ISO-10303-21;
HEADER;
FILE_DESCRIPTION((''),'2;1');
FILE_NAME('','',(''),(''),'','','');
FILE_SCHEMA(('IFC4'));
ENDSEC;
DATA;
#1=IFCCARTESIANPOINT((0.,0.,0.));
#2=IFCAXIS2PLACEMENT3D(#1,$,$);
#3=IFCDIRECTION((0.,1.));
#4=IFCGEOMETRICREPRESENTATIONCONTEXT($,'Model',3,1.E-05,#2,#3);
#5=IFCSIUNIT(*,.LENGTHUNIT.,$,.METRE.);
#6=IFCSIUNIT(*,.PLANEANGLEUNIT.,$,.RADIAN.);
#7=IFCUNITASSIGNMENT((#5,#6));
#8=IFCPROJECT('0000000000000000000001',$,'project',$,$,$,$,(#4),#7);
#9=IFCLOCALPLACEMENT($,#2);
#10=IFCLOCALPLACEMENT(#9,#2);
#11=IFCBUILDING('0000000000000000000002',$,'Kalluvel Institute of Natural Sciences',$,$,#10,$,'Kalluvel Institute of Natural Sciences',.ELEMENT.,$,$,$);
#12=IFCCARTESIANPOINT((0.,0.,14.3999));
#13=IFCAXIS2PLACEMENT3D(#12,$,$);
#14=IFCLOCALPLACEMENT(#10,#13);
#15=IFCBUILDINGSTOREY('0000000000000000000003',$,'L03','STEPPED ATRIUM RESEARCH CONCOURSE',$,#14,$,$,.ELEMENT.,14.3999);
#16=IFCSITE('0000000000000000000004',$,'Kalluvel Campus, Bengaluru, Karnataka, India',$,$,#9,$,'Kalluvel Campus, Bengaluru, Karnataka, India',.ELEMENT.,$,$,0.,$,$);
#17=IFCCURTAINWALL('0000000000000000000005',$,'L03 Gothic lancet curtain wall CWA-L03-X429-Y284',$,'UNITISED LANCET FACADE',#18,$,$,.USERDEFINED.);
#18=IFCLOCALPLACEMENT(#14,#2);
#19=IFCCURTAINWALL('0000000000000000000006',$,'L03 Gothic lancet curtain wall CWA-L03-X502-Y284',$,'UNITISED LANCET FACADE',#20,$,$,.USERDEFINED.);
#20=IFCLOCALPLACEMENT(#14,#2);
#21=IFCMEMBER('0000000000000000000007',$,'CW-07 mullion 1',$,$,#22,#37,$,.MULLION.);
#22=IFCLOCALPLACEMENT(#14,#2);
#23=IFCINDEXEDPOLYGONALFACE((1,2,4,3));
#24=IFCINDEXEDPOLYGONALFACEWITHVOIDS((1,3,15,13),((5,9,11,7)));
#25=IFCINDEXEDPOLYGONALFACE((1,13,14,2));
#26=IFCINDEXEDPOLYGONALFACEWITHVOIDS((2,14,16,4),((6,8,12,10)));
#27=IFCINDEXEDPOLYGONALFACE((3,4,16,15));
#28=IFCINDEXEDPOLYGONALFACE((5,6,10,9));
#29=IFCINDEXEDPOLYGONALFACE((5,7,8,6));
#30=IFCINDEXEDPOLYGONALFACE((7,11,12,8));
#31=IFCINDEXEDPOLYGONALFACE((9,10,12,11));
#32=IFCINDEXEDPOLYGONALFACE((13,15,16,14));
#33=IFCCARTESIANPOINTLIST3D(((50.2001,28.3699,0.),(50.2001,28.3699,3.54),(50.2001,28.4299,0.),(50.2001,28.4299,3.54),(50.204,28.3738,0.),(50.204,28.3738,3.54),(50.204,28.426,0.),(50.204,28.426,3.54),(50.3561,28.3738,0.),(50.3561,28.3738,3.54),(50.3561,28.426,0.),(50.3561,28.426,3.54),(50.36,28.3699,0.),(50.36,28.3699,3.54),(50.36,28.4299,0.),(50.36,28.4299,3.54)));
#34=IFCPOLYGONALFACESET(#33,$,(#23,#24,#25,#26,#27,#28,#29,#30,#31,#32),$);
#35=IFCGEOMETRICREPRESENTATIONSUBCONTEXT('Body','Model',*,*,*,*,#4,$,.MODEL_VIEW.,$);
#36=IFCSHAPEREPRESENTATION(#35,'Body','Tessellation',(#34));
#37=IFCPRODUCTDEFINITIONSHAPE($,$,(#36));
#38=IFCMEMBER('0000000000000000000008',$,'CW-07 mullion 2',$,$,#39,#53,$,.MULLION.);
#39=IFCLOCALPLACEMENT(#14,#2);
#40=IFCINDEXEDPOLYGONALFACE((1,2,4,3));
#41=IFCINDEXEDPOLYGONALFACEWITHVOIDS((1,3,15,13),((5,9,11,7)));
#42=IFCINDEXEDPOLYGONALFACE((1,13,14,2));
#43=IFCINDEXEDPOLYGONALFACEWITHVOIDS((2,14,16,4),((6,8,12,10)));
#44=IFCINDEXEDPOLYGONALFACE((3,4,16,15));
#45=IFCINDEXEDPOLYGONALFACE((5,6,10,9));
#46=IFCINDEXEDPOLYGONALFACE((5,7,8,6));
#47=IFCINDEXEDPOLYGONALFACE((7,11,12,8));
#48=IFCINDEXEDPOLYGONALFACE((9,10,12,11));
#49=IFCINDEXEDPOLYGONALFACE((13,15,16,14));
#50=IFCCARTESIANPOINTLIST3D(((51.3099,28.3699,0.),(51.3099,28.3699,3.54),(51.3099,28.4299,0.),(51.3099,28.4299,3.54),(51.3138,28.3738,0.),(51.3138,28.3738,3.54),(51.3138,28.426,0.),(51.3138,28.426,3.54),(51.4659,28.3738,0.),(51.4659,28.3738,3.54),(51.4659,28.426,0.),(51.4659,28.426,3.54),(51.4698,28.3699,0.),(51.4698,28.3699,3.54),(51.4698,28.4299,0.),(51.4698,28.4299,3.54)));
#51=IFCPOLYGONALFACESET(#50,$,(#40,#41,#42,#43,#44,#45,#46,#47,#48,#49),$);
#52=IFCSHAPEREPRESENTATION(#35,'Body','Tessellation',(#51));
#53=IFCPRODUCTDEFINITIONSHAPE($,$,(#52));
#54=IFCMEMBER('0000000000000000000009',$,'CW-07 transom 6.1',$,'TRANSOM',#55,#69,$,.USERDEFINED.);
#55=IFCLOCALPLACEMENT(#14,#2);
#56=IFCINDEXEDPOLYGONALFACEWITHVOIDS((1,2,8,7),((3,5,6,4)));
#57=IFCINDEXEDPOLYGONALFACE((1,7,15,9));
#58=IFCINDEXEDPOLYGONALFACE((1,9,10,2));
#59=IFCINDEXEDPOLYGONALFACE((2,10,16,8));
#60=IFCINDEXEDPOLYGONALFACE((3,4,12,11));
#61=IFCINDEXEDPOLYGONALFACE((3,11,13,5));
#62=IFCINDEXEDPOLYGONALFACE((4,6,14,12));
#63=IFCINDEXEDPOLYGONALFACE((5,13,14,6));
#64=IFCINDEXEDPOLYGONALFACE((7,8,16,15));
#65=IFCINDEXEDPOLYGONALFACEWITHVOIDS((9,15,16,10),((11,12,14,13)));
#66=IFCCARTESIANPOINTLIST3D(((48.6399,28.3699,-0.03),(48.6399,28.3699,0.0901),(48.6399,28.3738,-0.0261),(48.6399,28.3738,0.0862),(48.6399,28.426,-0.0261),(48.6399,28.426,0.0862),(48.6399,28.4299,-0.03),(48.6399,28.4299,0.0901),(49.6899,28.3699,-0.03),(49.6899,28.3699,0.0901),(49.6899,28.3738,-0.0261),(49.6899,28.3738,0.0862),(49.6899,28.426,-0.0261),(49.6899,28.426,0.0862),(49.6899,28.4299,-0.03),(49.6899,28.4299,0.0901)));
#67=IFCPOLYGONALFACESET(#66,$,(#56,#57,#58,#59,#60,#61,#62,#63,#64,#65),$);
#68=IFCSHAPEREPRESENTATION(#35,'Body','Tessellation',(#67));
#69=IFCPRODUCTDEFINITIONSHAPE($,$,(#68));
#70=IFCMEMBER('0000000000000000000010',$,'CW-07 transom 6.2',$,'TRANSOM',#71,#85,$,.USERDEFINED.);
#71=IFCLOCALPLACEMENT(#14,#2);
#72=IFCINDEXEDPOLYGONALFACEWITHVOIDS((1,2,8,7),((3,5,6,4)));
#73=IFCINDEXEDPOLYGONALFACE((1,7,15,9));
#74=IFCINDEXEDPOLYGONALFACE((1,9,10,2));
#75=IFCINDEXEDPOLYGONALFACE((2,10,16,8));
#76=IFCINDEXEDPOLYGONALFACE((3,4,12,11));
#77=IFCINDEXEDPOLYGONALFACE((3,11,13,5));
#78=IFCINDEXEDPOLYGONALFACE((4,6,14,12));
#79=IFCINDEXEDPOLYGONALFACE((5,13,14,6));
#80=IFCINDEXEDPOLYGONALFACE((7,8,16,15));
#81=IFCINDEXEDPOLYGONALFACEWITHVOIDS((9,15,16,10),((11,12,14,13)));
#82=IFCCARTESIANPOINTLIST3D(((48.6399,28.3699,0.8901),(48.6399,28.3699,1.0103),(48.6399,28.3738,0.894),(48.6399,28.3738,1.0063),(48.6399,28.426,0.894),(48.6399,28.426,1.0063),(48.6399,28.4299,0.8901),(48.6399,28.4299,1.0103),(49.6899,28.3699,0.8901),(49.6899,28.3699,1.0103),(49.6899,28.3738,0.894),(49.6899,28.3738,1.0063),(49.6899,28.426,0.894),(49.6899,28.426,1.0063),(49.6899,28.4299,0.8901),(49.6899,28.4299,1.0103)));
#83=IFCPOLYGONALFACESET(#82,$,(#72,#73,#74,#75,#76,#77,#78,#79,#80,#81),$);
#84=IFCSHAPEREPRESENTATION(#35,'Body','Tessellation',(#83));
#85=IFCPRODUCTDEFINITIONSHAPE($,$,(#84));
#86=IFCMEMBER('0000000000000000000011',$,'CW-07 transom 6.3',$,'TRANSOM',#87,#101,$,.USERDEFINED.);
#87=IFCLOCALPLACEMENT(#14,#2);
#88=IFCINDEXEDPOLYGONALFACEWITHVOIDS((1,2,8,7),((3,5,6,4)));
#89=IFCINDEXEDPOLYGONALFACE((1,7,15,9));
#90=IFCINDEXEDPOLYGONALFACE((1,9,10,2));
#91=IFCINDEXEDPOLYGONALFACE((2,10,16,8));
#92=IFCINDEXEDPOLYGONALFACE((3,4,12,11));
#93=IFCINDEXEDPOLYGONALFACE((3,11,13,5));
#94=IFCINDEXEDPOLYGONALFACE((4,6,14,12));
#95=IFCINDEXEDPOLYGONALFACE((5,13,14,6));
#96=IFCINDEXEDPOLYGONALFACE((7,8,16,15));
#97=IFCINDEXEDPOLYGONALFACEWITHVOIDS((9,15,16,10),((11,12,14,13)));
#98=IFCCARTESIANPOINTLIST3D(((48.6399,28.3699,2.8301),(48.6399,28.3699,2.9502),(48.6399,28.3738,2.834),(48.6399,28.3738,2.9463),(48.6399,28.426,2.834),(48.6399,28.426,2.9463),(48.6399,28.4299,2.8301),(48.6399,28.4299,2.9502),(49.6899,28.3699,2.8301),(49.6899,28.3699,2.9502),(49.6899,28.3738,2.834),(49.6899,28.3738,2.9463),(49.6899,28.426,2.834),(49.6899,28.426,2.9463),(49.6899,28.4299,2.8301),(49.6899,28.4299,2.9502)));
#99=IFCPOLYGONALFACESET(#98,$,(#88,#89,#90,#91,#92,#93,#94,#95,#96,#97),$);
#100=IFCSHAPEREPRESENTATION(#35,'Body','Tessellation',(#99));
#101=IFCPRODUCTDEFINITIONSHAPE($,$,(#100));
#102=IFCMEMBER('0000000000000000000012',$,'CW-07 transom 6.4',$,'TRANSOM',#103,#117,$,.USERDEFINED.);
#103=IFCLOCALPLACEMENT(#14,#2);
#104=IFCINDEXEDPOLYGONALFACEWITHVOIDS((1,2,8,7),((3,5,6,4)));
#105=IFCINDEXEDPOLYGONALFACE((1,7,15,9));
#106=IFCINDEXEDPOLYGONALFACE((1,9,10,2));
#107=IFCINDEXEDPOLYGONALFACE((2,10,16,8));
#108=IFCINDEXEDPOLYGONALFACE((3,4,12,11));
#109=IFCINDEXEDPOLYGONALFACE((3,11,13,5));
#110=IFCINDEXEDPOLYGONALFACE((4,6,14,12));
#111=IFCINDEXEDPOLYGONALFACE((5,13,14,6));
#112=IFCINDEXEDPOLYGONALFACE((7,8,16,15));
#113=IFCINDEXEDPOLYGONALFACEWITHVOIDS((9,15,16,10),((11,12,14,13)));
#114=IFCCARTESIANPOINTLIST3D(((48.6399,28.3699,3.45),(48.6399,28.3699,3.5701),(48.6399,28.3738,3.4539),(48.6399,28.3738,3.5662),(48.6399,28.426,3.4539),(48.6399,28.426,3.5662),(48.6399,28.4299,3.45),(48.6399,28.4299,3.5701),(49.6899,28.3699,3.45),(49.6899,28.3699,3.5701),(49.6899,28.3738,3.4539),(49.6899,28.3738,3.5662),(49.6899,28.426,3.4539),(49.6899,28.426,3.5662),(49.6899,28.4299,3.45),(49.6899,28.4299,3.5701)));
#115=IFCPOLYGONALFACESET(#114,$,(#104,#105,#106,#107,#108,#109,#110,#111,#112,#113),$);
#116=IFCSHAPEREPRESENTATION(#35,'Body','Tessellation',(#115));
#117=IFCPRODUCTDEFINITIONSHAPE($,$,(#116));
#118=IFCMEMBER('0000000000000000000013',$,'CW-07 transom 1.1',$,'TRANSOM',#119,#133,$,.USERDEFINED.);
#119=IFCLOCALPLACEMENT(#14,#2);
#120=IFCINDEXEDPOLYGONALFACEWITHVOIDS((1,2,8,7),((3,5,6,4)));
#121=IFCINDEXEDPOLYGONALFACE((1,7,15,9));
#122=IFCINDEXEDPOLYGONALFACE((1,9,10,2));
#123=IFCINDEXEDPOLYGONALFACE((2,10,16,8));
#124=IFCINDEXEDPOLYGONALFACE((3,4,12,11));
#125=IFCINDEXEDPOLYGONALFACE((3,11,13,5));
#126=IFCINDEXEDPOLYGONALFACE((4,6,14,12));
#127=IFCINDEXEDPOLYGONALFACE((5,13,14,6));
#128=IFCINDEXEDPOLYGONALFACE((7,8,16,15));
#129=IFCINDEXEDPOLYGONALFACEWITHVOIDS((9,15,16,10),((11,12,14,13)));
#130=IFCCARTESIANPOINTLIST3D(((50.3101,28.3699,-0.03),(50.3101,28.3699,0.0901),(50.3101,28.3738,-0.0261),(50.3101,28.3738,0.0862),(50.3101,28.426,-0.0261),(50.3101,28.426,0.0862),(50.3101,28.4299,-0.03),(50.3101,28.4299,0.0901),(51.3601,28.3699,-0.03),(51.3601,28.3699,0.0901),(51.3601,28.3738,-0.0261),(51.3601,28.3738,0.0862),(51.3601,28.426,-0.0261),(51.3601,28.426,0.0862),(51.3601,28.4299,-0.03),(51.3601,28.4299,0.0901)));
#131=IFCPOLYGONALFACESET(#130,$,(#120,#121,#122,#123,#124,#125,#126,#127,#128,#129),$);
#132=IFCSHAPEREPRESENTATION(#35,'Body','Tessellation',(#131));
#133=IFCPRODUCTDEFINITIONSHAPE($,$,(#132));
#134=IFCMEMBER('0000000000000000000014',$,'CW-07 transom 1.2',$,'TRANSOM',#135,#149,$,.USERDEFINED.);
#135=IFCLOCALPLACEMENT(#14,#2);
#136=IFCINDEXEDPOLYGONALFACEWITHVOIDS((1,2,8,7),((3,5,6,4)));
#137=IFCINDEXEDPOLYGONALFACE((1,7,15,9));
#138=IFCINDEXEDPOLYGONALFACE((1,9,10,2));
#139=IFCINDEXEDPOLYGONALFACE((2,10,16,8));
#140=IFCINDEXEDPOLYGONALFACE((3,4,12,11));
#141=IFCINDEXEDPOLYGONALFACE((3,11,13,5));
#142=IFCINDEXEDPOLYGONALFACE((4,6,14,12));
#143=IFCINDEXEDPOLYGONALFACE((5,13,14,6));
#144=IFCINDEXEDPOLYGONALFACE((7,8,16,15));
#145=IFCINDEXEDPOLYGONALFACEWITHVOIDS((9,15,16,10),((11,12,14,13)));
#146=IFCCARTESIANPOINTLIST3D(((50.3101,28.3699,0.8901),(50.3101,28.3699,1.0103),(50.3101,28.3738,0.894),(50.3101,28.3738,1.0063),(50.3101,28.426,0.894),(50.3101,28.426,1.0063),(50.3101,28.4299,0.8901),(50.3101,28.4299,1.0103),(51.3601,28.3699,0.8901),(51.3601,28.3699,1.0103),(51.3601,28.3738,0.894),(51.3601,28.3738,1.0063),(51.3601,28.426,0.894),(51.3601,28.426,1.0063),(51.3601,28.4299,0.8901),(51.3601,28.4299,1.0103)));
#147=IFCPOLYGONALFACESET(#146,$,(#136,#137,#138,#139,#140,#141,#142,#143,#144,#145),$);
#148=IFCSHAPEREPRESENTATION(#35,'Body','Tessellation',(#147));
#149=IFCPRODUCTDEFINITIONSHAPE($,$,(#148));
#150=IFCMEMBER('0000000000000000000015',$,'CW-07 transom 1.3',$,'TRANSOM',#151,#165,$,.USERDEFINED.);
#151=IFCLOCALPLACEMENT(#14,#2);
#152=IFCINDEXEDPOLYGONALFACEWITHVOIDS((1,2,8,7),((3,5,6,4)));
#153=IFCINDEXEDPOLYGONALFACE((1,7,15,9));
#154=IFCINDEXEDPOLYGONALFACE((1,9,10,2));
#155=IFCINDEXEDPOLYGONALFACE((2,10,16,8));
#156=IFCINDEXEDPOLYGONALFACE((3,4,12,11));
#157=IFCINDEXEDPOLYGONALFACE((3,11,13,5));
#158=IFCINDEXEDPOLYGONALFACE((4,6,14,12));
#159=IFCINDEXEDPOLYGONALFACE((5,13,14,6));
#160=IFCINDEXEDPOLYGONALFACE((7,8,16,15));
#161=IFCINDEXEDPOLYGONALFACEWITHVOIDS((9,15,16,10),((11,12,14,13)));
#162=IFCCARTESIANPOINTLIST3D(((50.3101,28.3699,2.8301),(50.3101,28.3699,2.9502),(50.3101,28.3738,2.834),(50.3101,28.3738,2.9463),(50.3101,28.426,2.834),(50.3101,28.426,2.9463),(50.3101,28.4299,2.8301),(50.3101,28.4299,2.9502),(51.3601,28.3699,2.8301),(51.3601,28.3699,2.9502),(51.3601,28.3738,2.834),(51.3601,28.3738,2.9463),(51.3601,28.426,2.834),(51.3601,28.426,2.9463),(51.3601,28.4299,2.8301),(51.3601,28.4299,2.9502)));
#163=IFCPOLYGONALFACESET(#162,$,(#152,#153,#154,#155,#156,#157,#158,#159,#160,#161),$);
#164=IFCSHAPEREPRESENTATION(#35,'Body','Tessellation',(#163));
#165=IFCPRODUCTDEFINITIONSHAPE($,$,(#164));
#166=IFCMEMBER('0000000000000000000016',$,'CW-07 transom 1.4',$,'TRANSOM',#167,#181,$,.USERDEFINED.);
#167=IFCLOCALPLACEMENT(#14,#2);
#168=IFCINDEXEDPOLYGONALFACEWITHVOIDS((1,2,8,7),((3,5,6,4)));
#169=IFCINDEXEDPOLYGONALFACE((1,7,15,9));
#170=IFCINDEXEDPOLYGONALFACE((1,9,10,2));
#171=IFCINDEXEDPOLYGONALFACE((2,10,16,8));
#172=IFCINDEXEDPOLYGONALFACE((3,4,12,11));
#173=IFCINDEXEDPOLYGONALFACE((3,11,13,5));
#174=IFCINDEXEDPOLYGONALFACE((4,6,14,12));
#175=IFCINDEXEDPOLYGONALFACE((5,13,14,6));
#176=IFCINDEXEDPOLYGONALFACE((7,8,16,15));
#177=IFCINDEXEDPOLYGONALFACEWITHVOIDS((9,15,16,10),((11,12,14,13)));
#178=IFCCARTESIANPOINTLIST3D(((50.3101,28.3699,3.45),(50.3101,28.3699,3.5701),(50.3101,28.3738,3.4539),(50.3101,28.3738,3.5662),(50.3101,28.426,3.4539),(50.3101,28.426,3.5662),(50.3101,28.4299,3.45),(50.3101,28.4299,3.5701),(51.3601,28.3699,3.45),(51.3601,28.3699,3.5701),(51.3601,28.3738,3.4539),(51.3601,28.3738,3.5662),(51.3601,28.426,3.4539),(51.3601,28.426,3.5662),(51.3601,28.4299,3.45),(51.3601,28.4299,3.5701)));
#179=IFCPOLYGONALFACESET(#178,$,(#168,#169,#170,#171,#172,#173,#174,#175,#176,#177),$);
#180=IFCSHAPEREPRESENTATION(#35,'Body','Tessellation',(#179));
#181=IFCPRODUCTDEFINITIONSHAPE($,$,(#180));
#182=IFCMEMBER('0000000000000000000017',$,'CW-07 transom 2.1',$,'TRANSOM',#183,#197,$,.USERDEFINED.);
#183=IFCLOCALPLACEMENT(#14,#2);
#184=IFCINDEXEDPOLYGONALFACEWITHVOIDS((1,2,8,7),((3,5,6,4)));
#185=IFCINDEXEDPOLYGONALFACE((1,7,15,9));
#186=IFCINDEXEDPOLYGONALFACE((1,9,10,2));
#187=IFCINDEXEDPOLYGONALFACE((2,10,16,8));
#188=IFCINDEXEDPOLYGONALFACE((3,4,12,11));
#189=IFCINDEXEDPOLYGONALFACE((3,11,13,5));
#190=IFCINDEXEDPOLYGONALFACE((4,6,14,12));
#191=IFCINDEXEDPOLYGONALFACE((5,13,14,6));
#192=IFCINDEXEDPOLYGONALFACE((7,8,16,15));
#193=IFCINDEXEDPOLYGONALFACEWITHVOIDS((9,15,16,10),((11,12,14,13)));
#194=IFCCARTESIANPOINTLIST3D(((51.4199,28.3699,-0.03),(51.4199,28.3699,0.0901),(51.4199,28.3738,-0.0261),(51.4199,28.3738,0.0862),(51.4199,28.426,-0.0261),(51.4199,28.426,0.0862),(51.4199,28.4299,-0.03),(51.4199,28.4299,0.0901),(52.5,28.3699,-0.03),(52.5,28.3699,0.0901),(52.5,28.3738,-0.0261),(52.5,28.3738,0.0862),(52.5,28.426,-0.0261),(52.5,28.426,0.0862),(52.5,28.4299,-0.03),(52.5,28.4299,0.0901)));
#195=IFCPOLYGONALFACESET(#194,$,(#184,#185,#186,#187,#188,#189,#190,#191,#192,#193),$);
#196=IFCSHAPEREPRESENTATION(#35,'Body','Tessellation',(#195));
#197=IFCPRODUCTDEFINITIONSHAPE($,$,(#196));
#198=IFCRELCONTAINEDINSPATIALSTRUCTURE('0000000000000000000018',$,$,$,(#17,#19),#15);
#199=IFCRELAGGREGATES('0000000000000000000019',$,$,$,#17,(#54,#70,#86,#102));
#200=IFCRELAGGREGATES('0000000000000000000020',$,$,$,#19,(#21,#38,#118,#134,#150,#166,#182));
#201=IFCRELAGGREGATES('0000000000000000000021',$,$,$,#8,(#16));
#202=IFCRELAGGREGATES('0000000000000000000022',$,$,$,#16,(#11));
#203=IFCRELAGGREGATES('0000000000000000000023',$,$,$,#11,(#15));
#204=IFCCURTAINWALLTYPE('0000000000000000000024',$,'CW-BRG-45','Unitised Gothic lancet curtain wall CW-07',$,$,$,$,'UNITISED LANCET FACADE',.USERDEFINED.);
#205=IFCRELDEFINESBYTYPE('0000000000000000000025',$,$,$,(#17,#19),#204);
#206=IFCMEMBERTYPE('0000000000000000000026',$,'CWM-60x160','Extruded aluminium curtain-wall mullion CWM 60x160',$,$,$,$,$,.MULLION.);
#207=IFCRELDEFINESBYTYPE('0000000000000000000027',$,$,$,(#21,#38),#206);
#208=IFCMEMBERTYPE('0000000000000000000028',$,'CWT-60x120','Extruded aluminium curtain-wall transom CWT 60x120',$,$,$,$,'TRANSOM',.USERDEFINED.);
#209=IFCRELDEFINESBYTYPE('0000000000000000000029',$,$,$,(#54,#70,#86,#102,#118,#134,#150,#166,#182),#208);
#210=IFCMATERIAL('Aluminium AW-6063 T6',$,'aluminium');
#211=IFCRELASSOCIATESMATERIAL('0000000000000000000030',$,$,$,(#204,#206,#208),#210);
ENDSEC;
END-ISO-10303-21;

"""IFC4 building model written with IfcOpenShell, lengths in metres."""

from ifc_helpers import new_model, si_unit, direction, frame, origin, origin_2d, place, context, subcontext, project, spatial, hollow_rectangle, extrude, material, material_profile, profile_set, type_object, element, aggregate, save


model = new_model("IFC4")

# Units and contexts
model_context = context("Model", 3, precision=1e-05, world=origin(), true_north=direction((0.0, 1.0)))
body_context = subcontext(model_context, "Body", "Model", "MODEL_VIEW")
ifc_project = project(units=[si_unit("LENGTHUNIT", "METRE"), si_unit("PLANEANGLEUNIT", "RADIAN")], contexts=[model_context])

# Site, building, storey
site_placement = place(None, origin())
site = spatial("IfcSite", under=ifc_project, at=site_placement, Name="Kalluvel Campus, Bengaluru, Karnataka, India", LongName="Kalluvel Campus, Bengaluru, Karnataka, India", CompositionType="ELEMENT", RefElevation=0.0)
building_placement = place(site_placement, origin())
building = spatial("IfcBuilding", under=site, at=building_placement, Name="Kalluvel Institute of Natural Sciences", LongName="Kalluvel Institute of Natural Sciences", CompositionType="ELEMENT")
storey_placement = place(building_placement, frame((0.0, 0.0, 14.3999)))
storey = spatial("IfcBuildingStorey", under=building, at=storey_placement, Name="L03", Description="STEPPED ATRIUM RESEARCH CONCOURSE", CompositionType="ELEMENT", Elevation=14.3999)

# Curtain walls, members
ifc_material_1 = material(Name="Aluminium AW-6063 T6", Category="aluminium")
curtain_wall_type = type_object("IfcCurtainWallType", Name="CW-BRG-45", Description="Unitised Gothic lancet curtain wall CW-07", ElementType="UNITISED LANCET FACADE", PredefinedType="USERDEFINED", material=ifc_material_1)
curtain_wall_1_placement = place(storey_placement, origin())
curtain_wall_1 = element("IfcCurtainWall", 1, at=curtain_wall_1_placement, inside=storey, type_object=curtain_wall_type, Name="L03 Gothic lancet curtain wall CWA-L03-X429-Y284", ObjectType="UNITISED LANCET FACADE", PredefinedType="USERDEFINED")
ifc_material_profile_1 = material_profile(ifc_material_1, hollow_rectangle(XDim=0.0601, YDim=0.1599, WallThickness=0.0039, at=origin_2d()), Name="CWM 60x160")
ifc_profile_set_1 = profile_set([ifc_material_profile_1], Name="Aluminium AW-6063 T6")
member_type_1 = type_object("IfcMemberType", Name="CWM-60x160", Description="Extruded aluminium curtain-wall mullion CWM 60x160", PredefinedType="MULLION", material=ifc_profile_set_1)
curtain_wall_2_placement = place(storey_placement, origin())
curtain_wall_2 = element("IfcCurtainWall", 2, at=curtain_wall_2_placement, inside=storey, type_object=curtain_wall_type, Name="L03 Gothic lancet curtain wall CWA-L03-X502-Y284", ObjectType="UNITISED LANCET FACADE", PredefinedType="USERDEFINED")
member_1_placement = place(storey_placement, frame((50.28, 28.3999, 0.0), z_axis=(0.0, 0.0, 1.0), x_axis=(0.0, 1.0, 0.0)))
member_1 = element("IfcMember", 3, at=member_1_placement, type_object=member_type_1, Name="CW-07 mullion 1", PredefinedType="MULLION", context=body_context, shape_type="SweptSolid", body=[
    extrude(hollow_rectangle(XDim=0.0601, YDim=0.1599, WallThickness=0.0039, at=origin_2d()), origin(), (0.0, 0.0, 1.0), 3.54),
])
member_2_placement = place(storey_placement, frame((51.3899, 28.3999, 0.0), z_axis=(0.0, 0.0, 1.0), x_axis=(0.0, 1.0, 0.0)))
member_2 = element("IfcMember", 4, at=member_2_placement, type_object=member_type_1, Name="CW-07 mullion 2", PredefinedType="MULLION", context=body_context, shape_type="SweptSolid", body=[
    extrude(hollow_rectangle(XDim=0.0601, YDim=0.1599, WallThickness=0.0039, at=origin_2d()), origin(), (0.0, 0.0, 1.0), 3.54),
])

# Members
ifc_material_profile_2 = material_profile(ifc_material_1, hollow_rectangle(XDim=0.0601, YDim=0.1201, WallThickness=0.0039, at=origin_2d()), Name="CWT 60x120")
ifc_profile_set_2 = profile_set([ifc_material_profile_2], Name="Aluminium AW-6063 T6")
member_type_2 = type_object("IfcMemberType", Name="CWT-60x120", Description="Extruded aluminium curtain-wall transom CWT 60x120", ElementType="TRANSOM", PredefinedType="USERDEFINED", material=ifc_profile_set_2)
member_3_placement = place(storey_placement, frame((48.6399, 28.3999, 0.03), z_axis=(1.0, 0.0, 0.0), x_axis=(0.0, 1.0, 0.0)))
member_3 = element("IfcMember", 5, at=member_3_placement, type_object=member_type_2, Name="CW-07 transom 6.1", ObjectType="TRANSOM", PredefinedType="USERDEFINED", context=body_context, shape_type="SweptSolid", body=[
    extrude(hollow_rectangle(XDim=0.0601, YDim=0.1201, WallThickness=0.0039, at=origin_2d()), origin(), (0.0, 0.0, 1.0), 1.05),
])
member_4_placement = place(storey_placement, frame((48.6399, 28.3999, 0.9502), z_axis=(1.0, 0.0, 0.0), x_axis=(0.0, 1.0, 0.0)))
member_4 = element("IfcMember", 6, at=member_4_placement, type_object=member_type_2, Name="CW-07 transom 6.2", ObjectType="TRANSOM", PredefinedType="USERDEFINED", context=body_context, shape_type="SweptSolid", body=[
    extrude(hollow_rectangle(XDim=0.0601, YDim=0.1201, WallThickness=0.0039, at=origin_2d()), origin(), (0.0, 0.0, 1.0), 1.05),
])
member_5_placement = place(storey_placement, frame((48.6399, 28.3999, 2.8901), z_axis=(1.0, 0.0, 0.0), x_axis=(0.0, 1.0, 0.0)))
member_5 = element("IfcMember", 7, at=member_5_placement, type_object=member_type_2, Name="CW-07 transom 6.3", ObjectType="TRANSOM", PredefinedType="USERDEFINED", context=body_context, shape_type="SweptSolid", body=[
    extrude(hollow_rectangle(XDim=0.0601, YDim=0.1201, WallThickness=0.0039, at=origin_2d()), origin(), (0.0, 0.0, 1.0), 1.05),
])
member_6_placement = place(storey_placement, frame((48.6399, 28.3999, 3.51), z_axis=(1.0, 0.0, 0.0), x_axis=(0.0, 1.0, 0.0)))
member_6 = element("IfcMember", 8, at=member_6_placement, type_object=member_type_2, Name="CW-07 transom 6.4", ObjectType="TRANSOM", PredefinedType="USERDEFINED", context=body_context, shape_type="SweptSolid", body=[
    extrude(hollow_rectangle(XDim=0.0601, YDim=0.1201, WallThickness=0.0039, at=origin_2d()), origin(), (0.0, 0.0, 1.0), 1.05),
])
member_7_placement = place(storey_placement, frame((50.3101, 28.3999, 0.03), z_axis=(1.0, 0.0, 0.0), x_axis=(0.0, 1.0, 0.0)))
member_7 = element("IfcMember", 9, at=member_7_placement, type_object=member_type_2, Name="CW-07 transom 1.1", ObjectType="TRANSOM", PredefinedType="USERDEFINED", context=body_context, shape_type="SweptSolid", body=[
    extrude(hollow_rectangle(XDim=0.0601, YDim=0.1201, WallThickness=0.0039, at=origin_2d()), origin(), (0.0, 0.0, 1.0), 1.05),
])
member_8_placement = place(storey_placement, frame((50.3101, 28.3999, 0.9502), z_axis=(1.0, 0.0, 0.0), x_axis=(0.0, 1.0, 0.0)))
member_8 = element("IfcMember", 10, at=member_8_placement, type_object=member_type_2, Name="CW-07 transom 1.2", ObjectType="TRANSOM", PredefinedType="USERDEFINED", context=body_context, shape_type="SweptSolid", body=[
    extrude(hollow_rectangle(XDim=0.0601, YDim=0.1201, WallThickness=0.0039, at=origin_2d()), origin(), (0.0, 0.0, 1.0), 1.05),
])
member_9_placement = place(storey_placement, frame((50.3101, 28.3999, 2.8901), z_axis=(1.0, 0.0, 0.0), x_axis=(0.0, 1.0, 0.0)))
member_9 = element("IfcMember", 11, at=member_9_placement, type_object=member_type_2, Name="CW-07 transom 1.3", ObjectType="TRANSOM", PredefinedType="USERDEFINED", context=body_context, shape_type="SweptSolid", body=[
    extrude(hollow_rectangle(XDim=0.0601, YDim=0.1201, WallThickness=0.0039, at=origin_2d()), origin(), (0.0, 0.0, 1.0), 1.05),
])
member_10_placement = place(storey_placement, frame((50.3101, 28.3999, 3.51), z_axis=(1.0, 0.0, 0.0), x_axis=(0.0, 1.0, 0.0)))
member_10 = element("IfcMember", 12, at=member_10_placement, type_object=member_type_2, Name="CW-07 transom 1.4", ObjectType="TRANSOM", PredefinedType="USERDEFINED", context=body_context, shape_type="SweptSolid", body=[
    extrude(hollow_rectangle(XDim=0.0601, YDim=0.1201, WallThickness=0.0039, at=origin_2d()), origin(), (0.0, 0.0, 1.0), 1.05),
])
member_11_placement = place(storey_placement, frame((51.4199, 28.3999, 0.03), z_axis=(1.0, 0.0, 0.0), x_axis=(0.0, 1.0, 0.0)))
member_11 = element("IfcMember", 13, at=member_11_placement, type_object=member_type_2, Name="CW-07 transom 2.1", ObjectType="TRANSOM", PredefinedType="USERDEFINED", context=body_context, shape_type="SweptSolid", body=[
    extrude(hollow_rectangle(XDim=0.0601, YDim=0.1201, WallThickness=0.0039, at=origin_2d()), origin(), (0.0, 0.0, 1.0), 1.0801),
])

aggregate(curtain_wall_1, [member_3, member_4, member_5, member_6])
aggregate(curtain_wall_2, [member_1, member_2, member_7, member_8, member_9, member_10, member_11])

save(model, "model.ifc")
